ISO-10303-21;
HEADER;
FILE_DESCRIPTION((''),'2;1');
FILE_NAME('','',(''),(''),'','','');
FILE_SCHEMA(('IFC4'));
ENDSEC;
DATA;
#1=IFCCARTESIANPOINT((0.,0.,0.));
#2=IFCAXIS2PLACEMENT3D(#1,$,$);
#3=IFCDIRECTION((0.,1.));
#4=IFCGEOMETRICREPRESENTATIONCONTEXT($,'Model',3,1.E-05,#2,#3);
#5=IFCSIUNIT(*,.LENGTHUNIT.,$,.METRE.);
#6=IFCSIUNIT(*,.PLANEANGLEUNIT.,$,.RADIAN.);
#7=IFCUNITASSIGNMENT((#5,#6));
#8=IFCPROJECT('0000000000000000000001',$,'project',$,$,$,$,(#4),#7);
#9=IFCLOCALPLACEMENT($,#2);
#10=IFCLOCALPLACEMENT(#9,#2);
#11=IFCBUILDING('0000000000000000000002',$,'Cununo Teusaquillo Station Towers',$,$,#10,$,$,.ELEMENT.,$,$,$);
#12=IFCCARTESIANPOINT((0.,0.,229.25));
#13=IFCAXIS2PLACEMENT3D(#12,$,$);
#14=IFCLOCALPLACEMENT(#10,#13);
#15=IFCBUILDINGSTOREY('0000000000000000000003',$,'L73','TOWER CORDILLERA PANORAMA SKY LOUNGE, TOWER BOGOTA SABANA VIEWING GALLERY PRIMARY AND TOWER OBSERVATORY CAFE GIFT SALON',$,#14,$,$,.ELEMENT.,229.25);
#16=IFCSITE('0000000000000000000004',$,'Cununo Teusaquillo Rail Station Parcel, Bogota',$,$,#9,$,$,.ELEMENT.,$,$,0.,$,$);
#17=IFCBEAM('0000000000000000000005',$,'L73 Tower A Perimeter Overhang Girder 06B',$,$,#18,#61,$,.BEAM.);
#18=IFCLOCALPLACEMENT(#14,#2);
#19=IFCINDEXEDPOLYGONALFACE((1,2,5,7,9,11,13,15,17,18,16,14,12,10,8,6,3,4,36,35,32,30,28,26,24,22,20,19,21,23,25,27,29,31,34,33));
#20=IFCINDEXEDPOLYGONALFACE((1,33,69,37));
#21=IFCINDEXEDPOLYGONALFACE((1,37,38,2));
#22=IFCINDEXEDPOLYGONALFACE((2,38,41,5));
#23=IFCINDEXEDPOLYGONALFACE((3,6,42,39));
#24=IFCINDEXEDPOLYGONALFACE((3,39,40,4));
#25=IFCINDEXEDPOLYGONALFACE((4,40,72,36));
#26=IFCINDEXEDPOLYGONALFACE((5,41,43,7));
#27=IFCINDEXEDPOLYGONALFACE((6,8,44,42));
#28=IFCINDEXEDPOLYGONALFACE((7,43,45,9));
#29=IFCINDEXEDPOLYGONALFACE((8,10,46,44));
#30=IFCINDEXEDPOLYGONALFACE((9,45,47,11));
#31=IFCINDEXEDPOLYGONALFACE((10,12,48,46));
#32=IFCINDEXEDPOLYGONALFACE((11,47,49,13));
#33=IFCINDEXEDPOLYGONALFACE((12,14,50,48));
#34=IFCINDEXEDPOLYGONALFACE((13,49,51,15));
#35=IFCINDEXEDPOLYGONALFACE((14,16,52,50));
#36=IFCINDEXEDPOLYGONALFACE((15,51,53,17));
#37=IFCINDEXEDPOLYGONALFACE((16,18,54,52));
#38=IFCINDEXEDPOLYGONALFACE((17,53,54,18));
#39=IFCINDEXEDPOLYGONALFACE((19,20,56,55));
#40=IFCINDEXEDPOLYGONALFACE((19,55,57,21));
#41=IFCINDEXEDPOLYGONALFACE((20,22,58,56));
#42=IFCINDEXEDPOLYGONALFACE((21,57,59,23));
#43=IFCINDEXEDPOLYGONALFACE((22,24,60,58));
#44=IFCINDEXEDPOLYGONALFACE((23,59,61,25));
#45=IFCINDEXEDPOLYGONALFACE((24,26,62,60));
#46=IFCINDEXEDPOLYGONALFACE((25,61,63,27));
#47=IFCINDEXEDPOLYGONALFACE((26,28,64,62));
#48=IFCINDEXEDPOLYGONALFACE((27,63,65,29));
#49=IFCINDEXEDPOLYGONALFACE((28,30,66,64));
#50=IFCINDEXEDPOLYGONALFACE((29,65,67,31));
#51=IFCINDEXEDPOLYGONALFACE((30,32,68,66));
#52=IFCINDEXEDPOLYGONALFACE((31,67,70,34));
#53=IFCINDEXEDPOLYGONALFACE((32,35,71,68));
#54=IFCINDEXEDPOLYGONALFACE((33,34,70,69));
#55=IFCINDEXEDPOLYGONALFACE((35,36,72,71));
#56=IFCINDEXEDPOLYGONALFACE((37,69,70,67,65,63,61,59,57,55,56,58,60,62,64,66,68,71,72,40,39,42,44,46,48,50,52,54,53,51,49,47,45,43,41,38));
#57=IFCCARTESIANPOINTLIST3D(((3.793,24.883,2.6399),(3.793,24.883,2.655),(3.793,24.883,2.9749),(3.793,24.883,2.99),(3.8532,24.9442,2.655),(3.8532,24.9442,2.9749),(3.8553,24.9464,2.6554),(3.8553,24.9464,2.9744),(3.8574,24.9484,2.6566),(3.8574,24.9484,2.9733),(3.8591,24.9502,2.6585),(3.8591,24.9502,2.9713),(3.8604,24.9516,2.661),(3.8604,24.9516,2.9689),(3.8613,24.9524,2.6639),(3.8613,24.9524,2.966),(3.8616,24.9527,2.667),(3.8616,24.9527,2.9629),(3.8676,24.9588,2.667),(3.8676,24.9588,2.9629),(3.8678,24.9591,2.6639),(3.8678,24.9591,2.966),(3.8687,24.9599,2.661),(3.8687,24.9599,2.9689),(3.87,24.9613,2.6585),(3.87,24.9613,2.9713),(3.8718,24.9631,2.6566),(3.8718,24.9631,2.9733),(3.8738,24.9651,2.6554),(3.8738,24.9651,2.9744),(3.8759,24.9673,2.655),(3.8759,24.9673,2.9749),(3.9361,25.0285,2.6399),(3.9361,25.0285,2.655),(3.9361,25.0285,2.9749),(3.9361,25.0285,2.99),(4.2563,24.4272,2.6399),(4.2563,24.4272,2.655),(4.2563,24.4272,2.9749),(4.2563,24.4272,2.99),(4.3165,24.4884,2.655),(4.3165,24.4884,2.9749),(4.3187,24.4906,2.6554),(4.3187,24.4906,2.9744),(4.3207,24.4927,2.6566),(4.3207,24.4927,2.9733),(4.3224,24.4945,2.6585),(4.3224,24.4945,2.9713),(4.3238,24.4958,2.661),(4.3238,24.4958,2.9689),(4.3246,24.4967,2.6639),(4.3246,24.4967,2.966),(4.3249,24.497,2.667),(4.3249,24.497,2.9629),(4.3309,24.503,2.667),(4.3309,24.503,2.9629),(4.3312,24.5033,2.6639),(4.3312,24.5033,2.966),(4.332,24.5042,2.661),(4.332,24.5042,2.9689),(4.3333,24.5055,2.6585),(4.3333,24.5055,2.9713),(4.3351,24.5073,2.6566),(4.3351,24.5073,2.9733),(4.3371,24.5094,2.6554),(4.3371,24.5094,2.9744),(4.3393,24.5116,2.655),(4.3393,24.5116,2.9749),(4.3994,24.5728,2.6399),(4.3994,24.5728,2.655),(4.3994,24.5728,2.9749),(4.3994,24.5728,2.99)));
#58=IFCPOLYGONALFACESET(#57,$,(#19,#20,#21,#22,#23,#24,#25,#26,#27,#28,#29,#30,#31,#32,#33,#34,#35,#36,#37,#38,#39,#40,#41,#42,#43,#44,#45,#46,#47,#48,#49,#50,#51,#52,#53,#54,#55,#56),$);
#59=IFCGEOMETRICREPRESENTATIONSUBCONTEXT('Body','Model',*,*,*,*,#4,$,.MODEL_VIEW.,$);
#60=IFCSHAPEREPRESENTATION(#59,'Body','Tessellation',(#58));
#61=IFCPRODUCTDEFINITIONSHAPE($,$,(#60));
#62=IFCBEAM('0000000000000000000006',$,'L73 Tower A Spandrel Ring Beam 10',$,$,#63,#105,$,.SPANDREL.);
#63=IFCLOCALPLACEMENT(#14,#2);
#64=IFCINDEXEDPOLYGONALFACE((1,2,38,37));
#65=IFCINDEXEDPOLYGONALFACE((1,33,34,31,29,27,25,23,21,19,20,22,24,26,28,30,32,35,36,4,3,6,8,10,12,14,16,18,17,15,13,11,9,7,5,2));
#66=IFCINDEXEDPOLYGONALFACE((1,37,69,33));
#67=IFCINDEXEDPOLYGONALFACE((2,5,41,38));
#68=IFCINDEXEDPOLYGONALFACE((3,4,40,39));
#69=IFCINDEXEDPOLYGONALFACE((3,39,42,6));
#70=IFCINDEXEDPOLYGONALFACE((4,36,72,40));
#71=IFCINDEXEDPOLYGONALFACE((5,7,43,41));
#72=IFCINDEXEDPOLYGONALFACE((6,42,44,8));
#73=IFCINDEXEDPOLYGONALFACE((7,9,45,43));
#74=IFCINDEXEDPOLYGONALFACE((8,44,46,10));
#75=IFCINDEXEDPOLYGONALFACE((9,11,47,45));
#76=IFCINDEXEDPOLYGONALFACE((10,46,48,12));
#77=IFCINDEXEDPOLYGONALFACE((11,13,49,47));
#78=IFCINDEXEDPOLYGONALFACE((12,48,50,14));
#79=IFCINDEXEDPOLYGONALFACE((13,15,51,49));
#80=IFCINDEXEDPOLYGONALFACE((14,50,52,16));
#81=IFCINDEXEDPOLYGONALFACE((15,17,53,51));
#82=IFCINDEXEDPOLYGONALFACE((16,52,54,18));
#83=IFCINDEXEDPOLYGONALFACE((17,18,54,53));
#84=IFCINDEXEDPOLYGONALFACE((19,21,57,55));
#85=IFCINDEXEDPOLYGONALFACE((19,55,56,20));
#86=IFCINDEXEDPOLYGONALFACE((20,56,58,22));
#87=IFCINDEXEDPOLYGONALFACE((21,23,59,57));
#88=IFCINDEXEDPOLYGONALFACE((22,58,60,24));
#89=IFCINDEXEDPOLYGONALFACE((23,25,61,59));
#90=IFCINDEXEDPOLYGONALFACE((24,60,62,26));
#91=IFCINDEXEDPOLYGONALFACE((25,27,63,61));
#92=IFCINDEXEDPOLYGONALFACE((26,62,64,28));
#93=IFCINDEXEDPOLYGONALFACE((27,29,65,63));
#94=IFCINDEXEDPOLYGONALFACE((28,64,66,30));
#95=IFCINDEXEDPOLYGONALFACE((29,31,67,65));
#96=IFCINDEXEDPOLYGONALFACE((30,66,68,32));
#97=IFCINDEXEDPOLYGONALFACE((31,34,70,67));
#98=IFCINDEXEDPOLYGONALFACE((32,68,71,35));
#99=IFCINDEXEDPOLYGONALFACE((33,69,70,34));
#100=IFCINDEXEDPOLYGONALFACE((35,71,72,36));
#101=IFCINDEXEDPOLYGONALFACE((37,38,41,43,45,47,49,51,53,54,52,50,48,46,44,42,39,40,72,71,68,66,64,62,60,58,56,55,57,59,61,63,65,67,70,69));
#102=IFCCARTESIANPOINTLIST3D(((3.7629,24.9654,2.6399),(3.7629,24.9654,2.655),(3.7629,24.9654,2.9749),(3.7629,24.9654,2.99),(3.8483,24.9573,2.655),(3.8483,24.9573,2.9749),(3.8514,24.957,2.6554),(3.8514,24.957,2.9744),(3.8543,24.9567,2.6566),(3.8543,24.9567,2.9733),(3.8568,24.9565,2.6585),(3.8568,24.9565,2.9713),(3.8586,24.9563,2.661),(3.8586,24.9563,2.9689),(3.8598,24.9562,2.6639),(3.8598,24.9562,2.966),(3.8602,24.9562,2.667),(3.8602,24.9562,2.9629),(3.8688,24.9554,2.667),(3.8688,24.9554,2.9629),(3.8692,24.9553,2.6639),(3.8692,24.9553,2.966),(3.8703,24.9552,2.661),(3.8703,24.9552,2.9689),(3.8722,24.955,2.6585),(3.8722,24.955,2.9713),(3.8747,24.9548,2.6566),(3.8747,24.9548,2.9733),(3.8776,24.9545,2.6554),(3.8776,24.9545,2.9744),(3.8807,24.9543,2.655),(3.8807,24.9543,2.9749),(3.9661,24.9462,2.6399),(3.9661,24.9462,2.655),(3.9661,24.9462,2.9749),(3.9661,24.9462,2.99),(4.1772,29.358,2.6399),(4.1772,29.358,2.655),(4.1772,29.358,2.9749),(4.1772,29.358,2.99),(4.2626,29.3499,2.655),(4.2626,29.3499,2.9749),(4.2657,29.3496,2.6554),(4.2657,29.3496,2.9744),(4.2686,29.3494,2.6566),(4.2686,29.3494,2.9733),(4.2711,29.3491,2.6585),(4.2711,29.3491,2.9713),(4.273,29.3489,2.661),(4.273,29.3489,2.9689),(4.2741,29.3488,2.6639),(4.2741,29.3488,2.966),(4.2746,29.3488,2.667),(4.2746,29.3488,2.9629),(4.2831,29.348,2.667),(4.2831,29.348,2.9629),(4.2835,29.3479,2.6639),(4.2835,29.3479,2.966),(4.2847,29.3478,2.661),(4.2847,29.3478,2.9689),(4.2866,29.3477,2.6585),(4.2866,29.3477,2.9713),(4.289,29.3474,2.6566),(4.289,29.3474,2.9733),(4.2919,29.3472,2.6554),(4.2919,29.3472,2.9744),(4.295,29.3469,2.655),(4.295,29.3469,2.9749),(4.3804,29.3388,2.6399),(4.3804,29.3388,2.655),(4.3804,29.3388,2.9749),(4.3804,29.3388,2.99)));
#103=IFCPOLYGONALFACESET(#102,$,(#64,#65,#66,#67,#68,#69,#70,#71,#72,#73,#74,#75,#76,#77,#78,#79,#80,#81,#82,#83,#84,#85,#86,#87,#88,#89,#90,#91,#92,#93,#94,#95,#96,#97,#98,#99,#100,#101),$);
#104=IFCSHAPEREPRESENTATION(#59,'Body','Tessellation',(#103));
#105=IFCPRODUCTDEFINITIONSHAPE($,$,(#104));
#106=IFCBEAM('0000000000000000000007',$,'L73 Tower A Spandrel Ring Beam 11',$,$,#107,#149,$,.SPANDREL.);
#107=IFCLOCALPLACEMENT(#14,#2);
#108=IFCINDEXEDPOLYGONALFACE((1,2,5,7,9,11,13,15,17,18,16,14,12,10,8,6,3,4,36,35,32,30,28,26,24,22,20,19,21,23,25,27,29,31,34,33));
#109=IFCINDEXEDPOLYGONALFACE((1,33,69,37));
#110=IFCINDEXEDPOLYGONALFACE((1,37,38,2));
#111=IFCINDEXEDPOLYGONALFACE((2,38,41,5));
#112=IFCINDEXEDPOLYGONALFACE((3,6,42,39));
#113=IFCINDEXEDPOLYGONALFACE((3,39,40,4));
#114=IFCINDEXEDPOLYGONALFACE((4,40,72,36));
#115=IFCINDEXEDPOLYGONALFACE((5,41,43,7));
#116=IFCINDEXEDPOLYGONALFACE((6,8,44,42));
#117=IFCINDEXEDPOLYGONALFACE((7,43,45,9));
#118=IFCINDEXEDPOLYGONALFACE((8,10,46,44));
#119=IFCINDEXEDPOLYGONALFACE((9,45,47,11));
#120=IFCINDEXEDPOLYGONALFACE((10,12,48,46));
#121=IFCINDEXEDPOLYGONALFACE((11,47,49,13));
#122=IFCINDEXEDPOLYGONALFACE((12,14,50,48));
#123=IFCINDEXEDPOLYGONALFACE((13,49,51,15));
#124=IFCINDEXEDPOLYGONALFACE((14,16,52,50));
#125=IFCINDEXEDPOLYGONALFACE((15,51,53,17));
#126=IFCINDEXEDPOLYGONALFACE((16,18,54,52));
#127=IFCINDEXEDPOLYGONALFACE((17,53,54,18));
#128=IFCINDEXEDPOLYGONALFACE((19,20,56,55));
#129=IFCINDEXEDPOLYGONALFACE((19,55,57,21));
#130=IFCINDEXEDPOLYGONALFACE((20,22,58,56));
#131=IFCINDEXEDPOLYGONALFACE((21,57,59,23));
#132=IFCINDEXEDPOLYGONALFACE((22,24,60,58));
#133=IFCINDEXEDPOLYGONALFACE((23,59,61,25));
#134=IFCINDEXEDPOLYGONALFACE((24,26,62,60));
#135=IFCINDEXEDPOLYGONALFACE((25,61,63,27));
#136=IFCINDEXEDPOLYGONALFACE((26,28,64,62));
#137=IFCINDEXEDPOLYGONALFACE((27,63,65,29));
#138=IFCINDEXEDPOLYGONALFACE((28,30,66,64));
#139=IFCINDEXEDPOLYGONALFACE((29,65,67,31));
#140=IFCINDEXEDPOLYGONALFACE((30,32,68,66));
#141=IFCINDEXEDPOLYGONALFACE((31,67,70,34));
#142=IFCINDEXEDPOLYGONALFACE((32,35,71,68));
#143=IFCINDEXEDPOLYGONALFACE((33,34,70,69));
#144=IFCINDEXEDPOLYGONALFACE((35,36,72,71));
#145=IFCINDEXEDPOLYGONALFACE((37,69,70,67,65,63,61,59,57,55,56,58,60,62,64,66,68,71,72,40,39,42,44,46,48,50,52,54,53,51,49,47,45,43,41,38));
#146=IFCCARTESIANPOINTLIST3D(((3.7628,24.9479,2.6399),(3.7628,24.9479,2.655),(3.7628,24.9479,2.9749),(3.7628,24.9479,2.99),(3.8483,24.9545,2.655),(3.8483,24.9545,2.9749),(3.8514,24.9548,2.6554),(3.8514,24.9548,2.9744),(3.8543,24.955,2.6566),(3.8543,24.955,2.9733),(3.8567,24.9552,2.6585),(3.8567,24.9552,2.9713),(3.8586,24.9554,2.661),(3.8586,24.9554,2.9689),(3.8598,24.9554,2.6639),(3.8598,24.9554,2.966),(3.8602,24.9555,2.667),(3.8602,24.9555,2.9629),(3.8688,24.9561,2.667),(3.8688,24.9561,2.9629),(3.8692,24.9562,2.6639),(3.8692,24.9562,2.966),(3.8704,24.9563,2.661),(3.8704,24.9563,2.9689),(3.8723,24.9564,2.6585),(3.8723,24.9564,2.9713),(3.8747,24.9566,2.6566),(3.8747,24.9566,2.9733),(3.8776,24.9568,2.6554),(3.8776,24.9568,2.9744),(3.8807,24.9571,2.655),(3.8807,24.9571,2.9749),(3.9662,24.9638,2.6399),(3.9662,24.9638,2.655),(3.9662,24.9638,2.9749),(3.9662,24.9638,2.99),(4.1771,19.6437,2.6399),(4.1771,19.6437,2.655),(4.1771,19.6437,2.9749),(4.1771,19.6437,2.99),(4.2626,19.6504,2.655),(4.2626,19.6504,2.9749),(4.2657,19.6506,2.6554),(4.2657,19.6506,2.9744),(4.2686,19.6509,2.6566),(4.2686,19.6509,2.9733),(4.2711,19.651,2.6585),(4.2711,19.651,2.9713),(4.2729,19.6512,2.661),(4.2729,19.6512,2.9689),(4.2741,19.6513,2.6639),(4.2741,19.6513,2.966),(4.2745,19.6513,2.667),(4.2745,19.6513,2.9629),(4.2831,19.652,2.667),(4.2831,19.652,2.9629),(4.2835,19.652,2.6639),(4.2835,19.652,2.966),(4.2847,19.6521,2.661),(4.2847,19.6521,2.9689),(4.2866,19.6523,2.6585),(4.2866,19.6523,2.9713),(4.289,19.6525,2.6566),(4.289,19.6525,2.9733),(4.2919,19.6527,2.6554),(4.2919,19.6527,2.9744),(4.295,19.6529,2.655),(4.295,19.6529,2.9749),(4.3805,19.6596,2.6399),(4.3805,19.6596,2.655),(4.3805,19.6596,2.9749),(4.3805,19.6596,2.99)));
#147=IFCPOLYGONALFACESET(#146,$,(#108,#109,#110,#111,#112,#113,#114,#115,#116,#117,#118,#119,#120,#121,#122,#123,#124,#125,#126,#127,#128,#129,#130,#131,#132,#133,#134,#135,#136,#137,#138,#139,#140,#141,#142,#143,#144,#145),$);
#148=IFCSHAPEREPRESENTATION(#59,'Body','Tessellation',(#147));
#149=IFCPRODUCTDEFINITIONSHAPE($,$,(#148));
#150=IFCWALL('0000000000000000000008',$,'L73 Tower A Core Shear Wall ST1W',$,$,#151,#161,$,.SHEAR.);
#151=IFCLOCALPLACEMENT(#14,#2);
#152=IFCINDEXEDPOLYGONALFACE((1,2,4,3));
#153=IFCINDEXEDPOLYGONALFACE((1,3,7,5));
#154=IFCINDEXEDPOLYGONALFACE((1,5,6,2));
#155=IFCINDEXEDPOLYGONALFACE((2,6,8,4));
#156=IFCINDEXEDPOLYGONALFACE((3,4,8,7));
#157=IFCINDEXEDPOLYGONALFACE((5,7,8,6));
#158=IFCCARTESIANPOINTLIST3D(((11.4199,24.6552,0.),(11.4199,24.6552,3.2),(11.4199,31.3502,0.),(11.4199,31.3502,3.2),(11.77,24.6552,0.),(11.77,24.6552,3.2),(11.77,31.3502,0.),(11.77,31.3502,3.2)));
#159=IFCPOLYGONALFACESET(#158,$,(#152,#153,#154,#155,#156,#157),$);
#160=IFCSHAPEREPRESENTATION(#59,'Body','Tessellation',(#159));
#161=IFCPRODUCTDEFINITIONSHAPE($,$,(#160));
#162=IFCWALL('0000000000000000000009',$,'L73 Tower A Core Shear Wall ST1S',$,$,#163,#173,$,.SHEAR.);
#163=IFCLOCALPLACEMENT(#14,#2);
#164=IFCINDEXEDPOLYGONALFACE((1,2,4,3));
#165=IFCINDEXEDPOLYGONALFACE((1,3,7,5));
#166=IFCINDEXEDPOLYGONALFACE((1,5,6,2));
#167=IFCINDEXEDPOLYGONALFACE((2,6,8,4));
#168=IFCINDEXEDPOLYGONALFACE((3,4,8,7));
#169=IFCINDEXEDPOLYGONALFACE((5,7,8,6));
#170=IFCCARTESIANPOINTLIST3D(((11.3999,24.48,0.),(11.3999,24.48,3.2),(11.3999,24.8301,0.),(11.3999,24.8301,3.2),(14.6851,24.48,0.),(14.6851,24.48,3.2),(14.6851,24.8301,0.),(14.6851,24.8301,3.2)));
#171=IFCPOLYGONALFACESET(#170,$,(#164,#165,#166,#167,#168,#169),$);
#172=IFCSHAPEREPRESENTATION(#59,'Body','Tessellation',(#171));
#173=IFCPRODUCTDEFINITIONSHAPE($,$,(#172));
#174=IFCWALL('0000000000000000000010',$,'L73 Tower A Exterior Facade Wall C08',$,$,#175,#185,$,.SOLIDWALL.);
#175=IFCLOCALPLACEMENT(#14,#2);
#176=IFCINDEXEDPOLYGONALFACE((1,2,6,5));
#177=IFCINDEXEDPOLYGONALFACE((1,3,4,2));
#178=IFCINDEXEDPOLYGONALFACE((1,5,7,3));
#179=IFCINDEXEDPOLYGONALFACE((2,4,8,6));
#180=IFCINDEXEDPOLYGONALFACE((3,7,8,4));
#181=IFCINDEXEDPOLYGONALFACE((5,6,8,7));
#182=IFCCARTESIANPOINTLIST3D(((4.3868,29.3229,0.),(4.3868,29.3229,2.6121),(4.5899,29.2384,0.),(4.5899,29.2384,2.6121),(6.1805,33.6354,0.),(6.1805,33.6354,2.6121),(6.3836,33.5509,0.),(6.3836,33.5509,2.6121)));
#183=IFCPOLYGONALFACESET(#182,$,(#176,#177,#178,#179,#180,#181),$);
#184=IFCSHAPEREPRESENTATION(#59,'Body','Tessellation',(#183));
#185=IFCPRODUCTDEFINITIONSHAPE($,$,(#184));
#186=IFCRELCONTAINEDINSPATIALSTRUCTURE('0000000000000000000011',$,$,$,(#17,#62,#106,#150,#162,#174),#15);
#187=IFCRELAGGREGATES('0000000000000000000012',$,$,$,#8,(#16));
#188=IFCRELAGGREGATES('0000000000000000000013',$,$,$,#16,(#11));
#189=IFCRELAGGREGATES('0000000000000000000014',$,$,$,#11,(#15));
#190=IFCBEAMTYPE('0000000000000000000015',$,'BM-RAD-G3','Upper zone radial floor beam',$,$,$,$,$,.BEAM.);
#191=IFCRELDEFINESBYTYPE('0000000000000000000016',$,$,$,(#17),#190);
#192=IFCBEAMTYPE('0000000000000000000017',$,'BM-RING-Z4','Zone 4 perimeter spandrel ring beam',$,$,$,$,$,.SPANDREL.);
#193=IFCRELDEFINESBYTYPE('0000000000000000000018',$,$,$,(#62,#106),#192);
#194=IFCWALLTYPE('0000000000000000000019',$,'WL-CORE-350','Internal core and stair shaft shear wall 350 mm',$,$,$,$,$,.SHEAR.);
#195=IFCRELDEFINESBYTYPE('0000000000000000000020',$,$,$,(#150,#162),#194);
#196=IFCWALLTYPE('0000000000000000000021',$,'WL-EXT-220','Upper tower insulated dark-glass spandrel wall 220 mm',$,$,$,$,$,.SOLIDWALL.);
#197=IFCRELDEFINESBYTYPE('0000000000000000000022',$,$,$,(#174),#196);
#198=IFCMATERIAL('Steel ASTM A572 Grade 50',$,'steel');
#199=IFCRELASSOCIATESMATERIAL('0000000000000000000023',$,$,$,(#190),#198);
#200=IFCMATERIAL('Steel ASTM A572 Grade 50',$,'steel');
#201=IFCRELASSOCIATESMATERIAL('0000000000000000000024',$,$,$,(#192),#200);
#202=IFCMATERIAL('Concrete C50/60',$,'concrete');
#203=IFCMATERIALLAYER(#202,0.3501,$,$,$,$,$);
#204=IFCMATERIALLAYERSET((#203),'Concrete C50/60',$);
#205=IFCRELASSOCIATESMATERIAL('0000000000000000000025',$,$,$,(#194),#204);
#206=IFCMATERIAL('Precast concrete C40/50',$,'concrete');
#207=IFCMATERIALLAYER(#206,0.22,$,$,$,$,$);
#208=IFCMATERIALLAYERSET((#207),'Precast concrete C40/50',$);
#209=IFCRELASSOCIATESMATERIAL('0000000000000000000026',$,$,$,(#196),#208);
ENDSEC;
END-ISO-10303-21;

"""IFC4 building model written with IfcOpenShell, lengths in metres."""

from ifc_helpers import new_model, si_unit, direction, frame, frame_2d, origin, origin_2d, place, context, subcontext, project, spatial, rectangle, i_section, extrude, material, layer, layer_set, material_profile, profile_set, type_object, element, save


model = new_model("IFC4")

# Units and contexts
model_context = context("Model", 3, precision=1e-05, world=origin(), true_north=direction((0.0, 1.0)))
body_context = subcontext(model_context, "Body", "Model", "MODEL_VIEW")
ifc_project = project(units=[si_unit("LENGTHUNIT", "METRE"), si_unit("PLANEANGLEUNIT", "RADIAN")], contexts=[model_context])

# Site, building, storey
site_placement = place(None, origin())
site = spatial("IfcSite", under=ifc_project, at=site_placement, Name="Cununo Teusaquillo Rail Station Parcel, Bogota", CompositionType="ELEMENT", RefElevation=0.0)
building_placement = place(site_placement, origin())
building = spatial("IfcBuilding", under=site, at=building_placement, Name="Cununo Teusaquillo Station Towers", CompositionType="ELEMENT")
storey_placement = place(building_placement, frame((0.0, 0.0, 229.25)))
storey = spatial("IfcBuildingStorey", under=building, at=storey_placement, Name="L73", Description="TOWER CORDILLERA PANORAMA SKY LOUNGE, TOWER BOGOTA SABANA VIEWING GALLERY PRIMARY AND TOWER OBSERVATORY CAFE GIFT SALON", CompositionType="ELEMENT", Elevation=229.25)

# Beams
ifc_material_1 = material(Name="Steel ASTM A572 Grade 50", Category="steel")
ifc_material_profile_1 = material_profile(ifc_material_1, i_section(OverallWidth=0.2041, OverallDepth=0.3501, WebThickness=0.0085, FlangeThickness=0.0151, FilletRadius=0.012, at=origin_2d()), Name="W14X48")
ifc_profile_set_1 = profile_set([ifc_material_profile_1], Name="Steel ASTM A572 Grade 50")
beam_type_1 = type_object("IfcBeamType", Name="BM-RAD-G3", Description="Upper zone radial floor beam", PredefinedType="BEAM", material=ifc_profile_set_1)
beam_1_placement = place(storey_placement, frame((4.3279, 24.5, 2.8149), z_axis=(-0.712905, 0.701261, 0.0), x_axis=(-0.701261, -0.712905, 0.0)))
element("IfcBeam", 1, at=beam_1_placement, inside=storey, type_object=beam_type_1, Name="L73 Tower A Perimeter Overhang Girder 06B", PredefinedType="BEAM", context=body_context, shape_type="SweptSolid", body=[
    extrude(i_section(OverallWidth=0.2041, OverallDepth=0.3501, WebThickness=0.0085, FlangeThickness=0.0151, FilletRadius=0.012, at=origin_2d()), origin(), (0.0, 0.0, 1.0), 0.6499),
])
ifc_material_2 = material(Name="Steel ASTM A572 Grade 50", Category="steel")
ifc_material_profile_2 = material_profile(ifc_material_2, i_section(OverallWidth=0.2041, OverallDepth=0.3501, WebThickness=0.0085, FlangeThickness=0.0151, FilletRadius=0.012, at=origin_2d()), Name="W14X48")
ifc_profile_set_2 = profile_set([ifc_material_profile_2], Name="Steel ASTM A572 Grade 50")
beam_type_2 = type_object("IfcBeamType", Name="BM-RING-Z4", Description="Zone 4 perimeter spandrel ring beam", PredefinedType="SPANDREL", material=ifc_profile_set_2)
beam_2_placement = place(storey_placement, frame((4.2788, 29.3484, 2.8149), z_axis=(-0.093903, -0.995581, 0.0), x_axis=(0.995581, -0.093903, 0.0)))
element("IfcBeam", 2, at=beam_2_placement, inside=storey, type_object=beam_type_2, Name="L73 Tower A Spandrel Ring Beam 10", PredefinedType="SPANDREL", context=body_context, shape_type="SweptSolid", body=[
    extrude(i_section(OverallWidth=0.2041, OverallDepth=0.3501, WebThickness=0.0085, FlangeThickness=0.0151, FilletRadius=0.012, at=origin_2d()), origin(), (0.0, 0.0, 1.0), 4.4121),
])
beam_3_placement = place(storey_placement, frame((3.8645, 24.9558, 2.8149), z_axis=(0.077872, -0.996963, 0.0), x_axis=(0.996963, 0.077872, 0.0)))
element("IfcBeam", 3, at=beam_3_placement, inside=storey, type_object=beam_type_2, Name="L73 Tower A Spandrel Ring Beam 11", PredefinedType="SPANDREL", context=body_context, shape_type="SweptSolid", body=[
    extrude(i_section(OverallWidth=0.2041, OverallDepth=0.3501, WebThickness=0.0085, FlangeThickness=0.0151, FilletRadius=0.012, at=origin_2d()), origin(), (0.0, 0.0, 1.0), 5.3203),
])

# Walls
ifc_material_3 = material(Name="Concrete C50/60", Category="concrete")
ifc_layer_1 = layer(ifc_material_3, 0.3501)
ifc_layer_set_1 = layer_set([ifc_layer_1], Name="Concrete C50/60")
wall_type_1 = type_object("IfcWallType", Name="WL-CORE-350", Description="Internal core and stair shaft shear wall 350 mm", PredefinedType="SHEAR", material=ifc_layer_set_1)
wall_1_placement = place(storey_placement, frame((11.595, 24.655, 0.0), z_axis=(0.0, 0.0, 1.0), x_axis=(0.0, 1.0, 0.0)))
element("IfcWall", 4, at=wall_1_placement, inside=storey, type_object=wall_type_1, Name="L73 Tower A Core Shear Wall ST1W", PredefinedType="SHEAR", context=body_context, shape_type="SweptSolid", body=[
    extrude(rectangle(XDim=6.6951, YDim=0.3501, at=frame_2d((3.3477, 0.0))), origin(), (0.0, 0.0, 1.0), 3.2),
])
wall_2_placement = place(storey_placement, frame((11.3999, 24.655, 0.0), z_axis=(0.0, 0.0, 1.0), x_axis=(1.0, 0.0, 0.0)))
element("IfcWall", 5, at=wall_2_placement, inside=storey, type_object=wall_type_1, Name="L73 Tower A Core Shear Wall ST1S", PredefinedType="SHEAR", context=body_context, shape_type="SweptSolid", body=[
    extrude(rectangle(XDim=3.2852, YDim=0.3501, at=frame_2d((1.6426, 0.0))), origin(), (0.0, 0.0, 1.0), 3.2),
])
ifc_material_4 = material(Name="Precast concrete C40/50", Category="concrete")
ifc_layer_2 = layer(ifc_material_4, 0.22)
ifc_layer_set_2 = layer_set([ifc_layer_2], Name="Precast concrete C40/50")
wall_type_2 = type_object("IfcWallType", Name="WL-EXT-220", Description="Upper tower insulated dark-glass spandrel wall 220 mm", PredefinedType="SOLIDWALL", material=ifc_layer_set_2)
wall_3_placement = place(storey_placement, frame((4.4883, 29.2805, 0.0), z_axis=(0.0, 0.0, 1.0), x_axis=(0.384036, 0.923318, 0.0)))
element("IfcWall", 6, at=wall_3_placement, inside=storey, type_object=wall_type_2, Name="L73 Tower A Exterior Facade Wall C08", PredefinedType="SOLIDWALL", context=body_context, shape_type="SweptSolid", body=[
    extrude(rectangle(XDim=4.6707, YDim=0.22, at=frame_2d((2.3354, 0.0))), origin(), (0.0, 0.0, 1.0), 2.6121),
])

save(model, "model.ifc")
